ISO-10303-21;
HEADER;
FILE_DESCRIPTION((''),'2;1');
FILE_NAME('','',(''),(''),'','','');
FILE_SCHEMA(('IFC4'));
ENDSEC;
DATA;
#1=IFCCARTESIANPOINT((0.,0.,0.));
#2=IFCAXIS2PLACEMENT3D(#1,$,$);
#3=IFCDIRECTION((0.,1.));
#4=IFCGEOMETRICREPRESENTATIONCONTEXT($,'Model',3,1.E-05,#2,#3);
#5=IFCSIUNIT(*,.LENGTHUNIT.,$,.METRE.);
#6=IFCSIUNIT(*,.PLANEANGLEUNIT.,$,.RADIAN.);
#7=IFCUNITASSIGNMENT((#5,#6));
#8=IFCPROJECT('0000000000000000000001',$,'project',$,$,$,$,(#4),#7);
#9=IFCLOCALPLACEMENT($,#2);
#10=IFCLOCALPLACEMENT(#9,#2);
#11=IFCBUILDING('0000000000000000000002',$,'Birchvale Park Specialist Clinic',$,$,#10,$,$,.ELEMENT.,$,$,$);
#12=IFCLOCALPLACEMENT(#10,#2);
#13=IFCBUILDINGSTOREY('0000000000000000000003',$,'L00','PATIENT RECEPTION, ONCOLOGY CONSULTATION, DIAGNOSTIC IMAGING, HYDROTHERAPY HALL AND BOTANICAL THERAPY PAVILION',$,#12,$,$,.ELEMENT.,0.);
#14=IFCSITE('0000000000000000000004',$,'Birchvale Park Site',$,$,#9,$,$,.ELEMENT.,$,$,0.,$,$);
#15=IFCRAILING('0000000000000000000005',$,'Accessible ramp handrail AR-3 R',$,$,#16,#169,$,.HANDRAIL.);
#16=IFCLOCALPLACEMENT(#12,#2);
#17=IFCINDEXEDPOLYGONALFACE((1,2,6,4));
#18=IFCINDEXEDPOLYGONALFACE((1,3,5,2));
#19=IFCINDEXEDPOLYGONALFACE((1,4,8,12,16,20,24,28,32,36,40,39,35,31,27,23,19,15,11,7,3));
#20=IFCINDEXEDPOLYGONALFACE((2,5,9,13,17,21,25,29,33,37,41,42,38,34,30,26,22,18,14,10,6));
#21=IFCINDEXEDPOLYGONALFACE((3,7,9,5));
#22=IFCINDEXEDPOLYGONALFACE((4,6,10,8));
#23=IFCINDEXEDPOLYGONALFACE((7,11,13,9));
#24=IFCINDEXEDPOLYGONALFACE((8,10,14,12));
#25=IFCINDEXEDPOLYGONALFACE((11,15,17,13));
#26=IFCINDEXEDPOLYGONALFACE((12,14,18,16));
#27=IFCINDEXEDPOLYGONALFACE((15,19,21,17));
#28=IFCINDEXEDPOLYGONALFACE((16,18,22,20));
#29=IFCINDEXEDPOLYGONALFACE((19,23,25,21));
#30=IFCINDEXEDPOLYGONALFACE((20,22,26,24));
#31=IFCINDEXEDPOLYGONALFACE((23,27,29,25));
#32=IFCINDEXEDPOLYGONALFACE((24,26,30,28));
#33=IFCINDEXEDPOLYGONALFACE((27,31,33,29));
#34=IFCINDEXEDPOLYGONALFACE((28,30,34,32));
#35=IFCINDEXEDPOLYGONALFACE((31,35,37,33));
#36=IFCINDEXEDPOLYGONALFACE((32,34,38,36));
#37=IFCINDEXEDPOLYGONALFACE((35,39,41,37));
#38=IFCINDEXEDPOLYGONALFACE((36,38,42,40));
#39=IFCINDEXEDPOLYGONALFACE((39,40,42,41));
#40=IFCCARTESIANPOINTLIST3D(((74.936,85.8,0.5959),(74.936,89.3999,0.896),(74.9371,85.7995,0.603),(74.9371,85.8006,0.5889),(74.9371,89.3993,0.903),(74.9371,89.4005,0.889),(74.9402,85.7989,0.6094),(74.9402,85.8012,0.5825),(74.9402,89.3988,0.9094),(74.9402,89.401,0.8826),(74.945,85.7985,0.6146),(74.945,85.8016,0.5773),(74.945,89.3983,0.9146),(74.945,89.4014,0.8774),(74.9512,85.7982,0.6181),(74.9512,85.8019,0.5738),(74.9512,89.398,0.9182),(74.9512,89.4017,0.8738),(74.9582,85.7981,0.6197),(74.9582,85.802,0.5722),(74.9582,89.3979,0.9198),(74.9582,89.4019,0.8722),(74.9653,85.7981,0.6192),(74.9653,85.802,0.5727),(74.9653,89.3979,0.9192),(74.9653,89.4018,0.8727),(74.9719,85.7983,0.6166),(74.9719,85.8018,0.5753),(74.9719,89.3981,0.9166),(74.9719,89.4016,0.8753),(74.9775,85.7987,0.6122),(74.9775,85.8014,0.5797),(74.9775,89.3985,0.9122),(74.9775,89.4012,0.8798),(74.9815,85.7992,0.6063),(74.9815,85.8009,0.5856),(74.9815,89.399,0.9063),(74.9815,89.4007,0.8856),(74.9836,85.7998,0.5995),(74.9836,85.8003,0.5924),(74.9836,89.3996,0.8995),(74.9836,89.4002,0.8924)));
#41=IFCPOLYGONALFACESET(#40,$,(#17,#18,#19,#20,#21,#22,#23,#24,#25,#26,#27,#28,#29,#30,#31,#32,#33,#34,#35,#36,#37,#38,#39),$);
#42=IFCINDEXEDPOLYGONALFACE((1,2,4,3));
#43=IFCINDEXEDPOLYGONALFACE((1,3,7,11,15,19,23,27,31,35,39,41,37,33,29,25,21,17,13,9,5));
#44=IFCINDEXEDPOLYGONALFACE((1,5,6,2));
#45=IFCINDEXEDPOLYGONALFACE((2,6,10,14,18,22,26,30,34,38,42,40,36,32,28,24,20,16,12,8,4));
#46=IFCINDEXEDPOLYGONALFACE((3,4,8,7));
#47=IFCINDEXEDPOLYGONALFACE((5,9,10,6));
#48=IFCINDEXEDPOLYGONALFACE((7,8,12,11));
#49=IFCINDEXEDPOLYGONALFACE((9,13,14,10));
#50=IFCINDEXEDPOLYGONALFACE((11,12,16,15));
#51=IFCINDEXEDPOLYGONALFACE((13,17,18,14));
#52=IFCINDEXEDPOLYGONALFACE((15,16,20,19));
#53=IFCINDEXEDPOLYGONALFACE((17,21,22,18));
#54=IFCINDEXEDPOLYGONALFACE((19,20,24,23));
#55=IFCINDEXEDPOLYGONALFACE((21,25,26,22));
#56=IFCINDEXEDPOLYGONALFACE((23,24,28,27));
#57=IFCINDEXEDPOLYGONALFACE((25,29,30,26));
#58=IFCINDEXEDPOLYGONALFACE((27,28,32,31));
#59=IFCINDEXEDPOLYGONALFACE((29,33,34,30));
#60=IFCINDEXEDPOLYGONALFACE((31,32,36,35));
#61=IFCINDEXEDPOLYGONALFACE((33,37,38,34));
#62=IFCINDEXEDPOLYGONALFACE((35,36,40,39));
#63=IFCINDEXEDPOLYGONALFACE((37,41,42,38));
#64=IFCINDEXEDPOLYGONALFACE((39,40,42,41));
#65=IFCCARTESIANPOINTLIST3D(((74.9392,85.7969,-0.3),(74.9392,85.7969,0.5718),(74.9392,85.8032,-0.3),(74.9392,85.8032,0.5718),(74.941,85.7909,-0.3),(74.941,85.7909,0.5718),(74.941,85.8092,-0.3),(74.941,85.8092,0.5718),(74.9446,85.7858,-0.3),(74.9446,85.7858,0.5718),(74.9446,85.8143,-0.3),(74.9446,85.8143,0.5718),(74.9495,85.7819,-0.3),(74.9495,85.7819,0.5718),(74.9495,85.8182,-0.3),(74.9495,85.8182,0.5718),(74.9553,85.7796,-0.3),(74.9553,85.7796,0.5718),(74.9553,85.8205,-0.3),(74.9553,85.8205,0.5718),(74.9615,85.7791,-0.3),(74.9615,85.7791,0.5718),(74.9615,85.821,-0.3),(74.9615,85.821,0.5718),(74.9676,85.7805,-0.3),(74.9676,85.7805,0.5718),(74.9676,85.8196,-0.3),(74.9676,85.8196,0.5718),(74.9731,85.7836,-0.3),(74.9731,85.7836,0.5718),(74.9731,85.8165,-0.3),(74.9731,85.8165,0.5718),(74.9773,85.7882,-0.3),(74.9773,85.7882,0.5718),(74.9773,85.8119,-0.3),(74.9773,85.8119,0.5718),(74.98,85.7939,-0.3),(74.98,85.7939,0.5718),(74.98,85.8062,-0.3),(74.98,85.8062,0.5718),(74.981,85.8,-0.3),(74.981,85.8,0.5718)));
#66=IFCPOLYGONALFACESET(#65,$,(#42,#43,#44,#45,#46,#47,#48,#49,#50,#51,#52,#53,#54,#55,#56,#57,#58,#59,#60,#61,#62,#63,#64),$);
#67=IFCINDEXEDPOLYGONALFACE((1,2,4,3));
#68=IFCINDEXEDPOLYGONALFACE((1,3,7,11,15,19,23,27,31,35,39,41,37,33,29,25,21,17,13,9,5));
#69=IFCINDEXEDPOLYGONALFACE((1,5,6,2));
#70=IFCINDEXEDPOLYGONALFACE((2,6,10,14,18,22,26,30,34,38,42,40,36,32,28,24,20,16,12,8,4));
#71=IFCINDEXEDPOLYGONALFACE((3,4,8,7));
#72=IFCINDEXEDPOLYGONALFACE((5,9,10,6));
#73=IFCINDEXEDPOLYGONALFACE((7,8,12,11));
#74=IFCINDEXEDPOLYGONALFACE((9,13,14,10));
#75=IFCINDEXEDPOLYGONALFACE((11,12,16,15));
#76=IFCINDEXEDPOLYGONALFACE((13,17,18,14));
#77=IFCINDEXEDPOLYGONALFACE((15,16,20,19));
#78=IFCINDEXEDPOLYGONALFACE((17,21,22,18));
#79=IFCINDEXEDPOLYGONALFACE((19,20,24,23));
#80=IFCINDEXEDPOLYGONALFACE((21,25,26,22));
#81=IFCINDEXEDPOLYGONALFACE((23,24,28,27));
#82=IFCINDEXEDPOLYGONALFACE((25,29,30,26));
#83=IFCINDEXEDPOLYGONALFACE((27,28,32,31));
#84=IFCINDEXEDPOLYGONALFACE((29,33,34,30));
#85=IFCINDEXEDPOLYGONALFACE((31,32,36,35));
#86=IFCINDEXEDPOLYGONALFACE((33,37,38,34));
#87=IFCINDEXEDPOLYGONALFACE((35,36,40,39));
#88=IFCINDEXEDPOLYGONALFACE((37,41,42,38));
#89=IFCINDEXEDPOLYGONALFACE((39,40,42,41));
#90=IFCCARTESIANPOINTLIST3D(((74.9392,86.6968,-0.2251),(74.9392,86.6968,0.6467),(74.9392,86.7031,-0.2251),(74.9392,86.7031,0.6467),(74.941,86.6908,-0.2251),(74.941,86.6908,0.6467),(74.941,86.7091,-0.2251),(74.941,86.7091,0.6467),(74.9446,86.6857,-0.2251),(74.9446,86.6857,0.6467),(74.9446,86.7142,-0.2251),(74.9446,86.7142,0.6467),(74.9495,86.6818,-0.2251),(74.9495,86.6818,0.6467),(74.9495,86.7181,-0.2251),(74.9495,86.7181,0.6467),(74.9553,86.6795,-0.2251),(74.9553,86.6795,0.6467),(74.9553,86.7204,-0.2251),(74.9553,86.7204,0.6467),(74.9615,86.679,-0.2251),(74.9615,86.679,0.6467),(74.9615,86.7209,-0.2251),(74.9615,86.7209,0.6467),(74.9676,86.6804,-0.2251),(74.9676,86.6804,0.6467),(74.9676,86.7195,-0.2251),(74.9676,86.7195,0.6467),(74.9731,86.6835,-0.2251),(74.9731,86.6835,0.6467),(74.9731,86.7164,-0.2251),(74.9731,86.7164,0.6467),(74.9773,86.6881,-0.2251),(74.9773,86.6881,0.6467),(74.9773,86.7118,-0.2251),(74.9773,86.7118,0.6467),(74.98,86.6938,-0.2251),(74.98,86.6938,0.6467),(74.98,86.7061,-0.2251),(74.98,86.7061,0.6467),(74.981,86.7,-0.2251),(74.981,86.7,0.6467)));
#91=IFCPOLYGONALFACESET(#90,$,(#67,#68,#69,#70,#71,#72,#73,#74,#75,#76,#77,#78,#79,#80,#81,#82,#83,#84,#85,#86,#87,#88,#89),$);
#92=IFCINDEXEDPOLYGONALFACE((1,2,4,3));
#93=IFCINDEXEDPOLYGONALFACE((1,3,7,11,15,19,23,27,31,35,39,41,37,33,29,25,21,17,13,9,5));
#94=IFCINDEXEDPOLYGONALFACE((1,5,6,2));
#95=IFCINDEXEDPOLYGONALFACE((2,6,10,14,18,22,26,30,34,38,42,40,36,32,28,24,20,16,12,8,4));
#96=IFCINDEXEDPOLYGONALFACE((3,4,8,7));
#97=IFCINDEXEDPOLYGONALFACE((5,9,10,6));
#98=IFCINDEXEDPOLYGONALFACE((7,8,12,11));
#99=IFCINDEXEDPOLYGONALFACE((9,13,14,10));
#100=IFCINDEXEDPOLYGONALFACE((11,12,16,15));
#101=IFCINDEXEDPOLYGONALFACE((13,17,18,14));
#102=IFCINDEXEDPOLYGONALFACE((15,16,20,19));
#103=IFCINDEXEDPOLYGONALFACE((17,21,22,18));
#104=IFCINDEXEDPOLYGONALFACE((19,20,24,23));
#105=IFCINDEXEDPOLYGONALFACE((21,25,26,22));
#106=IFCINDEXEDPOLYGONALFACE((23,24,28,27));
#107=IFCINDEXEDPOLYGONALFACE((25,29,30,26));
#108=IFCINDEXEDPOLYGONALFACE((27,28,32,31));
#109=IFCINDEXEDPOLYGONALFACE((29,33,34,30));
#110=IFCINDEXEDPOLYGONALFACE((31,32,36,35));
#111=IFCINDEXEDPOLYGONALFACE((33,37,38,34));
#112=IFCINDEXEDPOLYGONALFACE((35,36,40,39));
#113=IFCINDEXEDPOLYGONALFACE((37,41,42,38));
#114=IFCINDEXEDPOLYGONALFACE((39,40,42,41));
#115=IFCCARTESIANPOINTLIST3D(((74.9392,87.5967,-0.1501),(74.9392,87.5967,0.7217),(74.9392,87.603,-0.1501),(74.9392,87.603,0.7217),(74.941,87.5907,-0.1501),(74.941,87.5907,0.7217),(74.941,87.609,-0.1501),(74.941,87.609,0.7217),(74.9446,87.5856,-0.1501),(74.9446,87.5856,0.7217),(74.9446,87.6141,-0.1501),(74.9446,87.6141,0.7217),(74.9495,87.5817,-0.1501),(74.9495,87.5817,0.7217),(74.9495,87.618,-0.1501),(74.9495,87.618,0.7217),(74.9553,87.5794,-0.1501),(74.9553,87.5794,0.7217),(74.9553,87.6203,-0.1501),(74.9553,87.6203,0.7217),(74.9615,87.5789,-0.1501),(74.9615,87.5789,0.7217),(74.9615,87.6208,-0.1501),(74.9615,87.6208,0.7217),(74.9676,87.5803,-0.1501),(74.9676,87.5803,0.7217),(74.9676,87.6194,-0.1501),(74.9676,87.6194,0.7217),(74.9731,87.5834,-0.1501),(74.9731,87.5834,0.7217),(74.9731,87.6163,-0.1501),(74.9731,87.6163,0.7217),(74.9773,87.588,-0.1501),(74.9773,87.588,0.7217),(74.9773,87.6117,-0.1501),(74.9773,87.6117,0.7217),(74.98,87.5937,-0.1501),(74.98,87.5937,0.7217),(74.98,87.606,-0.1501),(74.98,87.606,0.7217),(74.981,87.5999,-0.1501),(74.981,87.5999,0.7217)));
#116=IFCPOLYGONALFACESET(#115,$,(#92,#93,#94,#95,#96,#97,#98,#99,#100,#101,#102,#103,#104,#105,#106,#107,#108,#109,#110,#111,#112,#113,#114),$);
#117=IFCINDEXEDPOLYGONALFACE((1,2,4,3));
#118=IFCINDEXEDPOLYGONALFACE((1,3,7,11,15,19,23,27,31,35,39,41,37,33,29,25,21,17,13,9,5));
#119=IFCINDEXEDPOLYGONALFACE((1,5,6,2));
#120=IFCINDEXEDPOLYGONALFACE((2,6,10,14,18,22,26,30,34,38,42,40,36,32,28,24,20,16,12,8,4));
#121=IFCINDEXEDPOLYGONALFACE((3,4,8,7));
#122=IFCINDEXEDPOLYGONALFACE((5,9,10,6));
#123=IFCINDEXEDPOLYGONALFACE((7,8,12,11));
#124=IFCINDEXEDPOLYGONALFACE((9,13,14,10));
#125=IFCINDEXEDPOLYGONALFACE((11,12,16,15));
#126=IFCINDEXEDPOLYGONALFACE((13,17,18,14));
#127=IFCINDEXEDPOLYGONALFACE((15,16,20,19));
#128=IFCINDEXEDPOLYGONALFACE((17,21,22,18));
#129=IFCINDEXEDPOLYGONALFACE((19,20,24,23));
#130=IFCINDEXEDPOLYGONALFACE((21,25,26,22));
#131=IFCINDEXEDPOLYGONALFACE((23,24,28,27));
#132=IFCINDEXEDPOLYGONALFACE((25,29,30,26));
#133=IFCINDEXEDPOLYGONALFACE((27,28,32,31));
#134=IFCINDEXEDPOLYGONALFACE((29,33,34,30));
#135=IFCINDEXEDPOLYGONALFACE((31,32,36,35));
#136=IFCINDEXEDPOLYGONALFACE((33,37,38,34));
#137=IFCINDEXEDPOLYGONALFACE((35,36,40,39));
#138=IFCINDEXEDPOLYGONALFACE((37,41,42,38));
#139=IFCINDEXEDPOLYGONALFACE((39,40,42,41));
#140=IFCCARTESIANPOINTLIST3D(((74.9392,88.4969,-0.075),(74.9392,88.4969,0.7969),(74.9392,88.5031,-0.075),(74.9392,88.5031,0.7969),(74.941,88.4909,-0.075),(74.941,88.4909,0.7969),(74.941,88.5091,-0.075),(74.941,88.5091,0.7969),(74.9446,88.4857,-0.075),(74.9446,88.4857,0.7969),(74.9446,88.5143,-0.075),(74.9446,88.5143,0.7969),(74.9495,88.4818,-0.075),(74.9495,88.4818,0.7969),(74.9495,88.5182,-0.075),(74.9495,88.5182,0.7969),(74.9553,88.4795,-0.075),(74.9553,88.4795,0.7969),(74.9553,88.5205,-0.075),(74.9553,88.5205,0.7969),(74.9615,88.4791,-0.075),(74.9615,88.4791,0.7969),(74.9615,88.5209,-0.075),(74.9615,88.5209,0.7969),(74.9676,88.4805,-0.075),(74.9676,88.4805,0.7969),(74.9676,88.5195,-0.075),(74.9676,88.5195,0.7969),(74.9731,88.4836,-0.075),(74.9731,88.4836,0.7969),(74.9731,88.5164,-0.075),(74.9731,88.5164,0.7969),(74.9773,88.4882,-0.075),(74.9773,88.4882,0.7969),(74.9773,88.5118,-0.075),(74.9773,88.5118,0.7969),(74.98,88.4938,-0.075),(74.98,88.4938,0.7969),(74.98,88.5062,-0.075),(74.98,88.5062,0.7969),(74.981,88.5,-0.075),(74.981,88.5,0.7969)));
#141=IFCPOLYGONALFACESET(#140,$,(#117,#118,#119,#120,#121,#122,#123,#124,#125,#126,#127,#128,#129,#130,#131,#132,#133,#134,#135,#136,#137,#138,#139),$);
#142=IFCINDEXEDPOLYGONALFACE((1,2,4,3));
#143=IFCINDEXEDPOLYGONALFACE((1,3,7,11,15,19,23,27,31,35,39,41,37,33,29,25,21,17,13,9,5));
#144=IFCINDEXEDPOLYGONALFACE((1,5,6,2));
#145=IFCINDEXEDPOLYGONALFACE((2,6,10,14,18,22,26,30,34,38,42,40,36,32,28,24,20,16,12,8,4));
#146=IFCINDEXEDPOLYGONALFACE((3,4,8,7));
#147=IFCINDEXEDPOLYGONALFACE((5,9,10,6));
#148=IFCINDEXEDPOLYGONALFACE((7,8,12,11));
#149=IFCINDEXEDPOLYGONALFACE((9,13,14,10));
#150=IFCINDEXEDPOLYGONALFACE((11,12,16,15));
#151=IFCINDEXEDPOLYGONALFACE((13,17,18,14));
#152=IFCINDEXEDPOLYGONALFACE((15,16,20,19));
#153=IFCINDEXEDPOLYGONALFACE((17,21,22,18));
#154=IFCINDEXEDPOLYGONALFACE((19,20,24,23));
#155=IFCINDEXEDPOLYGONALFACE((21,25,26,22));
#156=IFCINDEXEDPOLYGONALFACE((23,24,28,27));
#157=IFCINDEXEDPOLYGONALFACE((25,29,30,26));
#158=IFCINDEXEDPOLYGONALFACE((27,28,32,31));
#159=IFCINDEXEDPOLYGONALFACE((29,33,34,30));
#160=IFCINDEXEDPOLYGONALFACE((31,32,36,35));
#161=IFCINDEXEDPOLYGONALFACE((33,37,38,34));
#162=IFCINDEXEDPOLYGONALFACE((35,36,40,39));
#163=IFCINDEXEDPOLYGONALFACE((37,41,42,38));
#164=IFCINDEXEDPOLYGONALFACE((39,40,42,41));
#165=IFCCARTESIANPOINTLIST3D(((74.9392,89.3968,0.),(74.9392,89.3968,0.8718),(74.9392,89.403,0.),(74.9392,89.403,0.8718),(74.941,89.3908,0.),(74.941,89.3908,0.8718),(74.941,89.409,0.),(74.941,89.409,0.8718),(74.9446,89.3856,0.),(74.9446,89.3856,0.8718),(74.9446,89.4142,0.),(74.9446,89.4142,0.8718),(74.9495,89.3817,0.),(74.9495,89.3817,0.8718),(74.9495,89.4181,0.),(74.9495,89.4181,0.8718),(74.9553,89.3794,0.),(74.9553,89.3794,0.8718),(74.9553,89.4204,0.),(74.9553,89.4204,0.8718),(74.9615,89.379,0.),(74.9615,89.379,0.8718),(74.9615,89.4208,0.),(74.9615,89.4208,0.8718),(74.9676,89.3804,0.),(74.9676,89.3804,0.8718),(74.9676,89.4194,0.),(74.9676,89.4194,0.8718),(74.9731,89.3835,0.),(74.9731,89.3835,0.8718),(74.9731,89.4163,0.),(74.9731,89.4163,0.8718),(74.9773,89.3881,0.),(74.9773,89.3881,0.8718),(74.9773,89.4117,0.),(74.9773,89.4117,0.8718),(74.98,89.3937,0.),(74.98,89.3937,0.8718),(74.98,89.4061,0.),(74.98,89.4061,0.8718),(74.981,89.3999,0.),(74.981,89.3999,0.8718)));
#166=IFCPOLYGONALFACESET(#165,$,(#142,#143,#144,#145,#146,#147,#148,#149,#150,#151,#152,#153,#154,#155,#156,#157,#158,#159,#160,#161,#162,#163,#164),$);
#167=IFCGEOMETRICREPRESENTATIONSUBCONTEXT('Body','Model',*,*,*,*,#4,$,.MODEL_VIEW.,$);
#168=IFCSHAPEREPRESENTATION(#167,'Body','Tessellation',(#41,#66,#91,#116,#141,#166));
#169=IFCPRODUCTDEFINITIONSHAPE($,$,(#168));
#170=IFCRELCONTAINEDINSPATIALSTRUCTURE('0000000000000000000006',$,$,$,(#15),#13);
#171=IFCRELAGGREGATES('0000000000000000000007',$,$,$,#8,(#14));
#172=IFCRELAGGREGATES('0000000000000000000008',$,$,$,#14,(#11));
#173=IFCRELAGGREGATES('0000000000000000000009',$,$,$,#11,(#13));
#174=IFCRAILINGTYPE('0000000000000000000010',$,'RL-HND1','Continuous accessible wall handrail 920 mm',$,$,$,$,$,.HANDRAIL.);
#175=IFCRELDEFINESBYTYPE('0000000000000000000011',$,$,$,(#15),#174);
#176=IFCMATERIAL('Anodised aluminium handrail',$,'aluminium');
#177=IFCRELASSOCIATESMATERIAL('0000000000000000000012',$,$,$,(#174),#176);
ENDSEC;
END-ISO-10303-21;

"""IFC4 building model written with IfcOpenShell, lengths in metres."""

from ifc_helpers import new_model, si_unit, direction, frame, origin, origin_2d, place, context, subcontext, project, spatial, circle, extrude, material, type_object, element, save


model = new_model("IFC4")

# Units and contexts
model_context = context("Model", 3, precision=1e-05, world=origin(), true_north=direction((0.0, 1.0)))
body_context = subcontext(model_context, "Body", "Model", "MODEL_VIEW")
ifc_project = project(units=[si_unit("LENGTHUNIT", "METRE"), si_unit("PLANEANGLEUNIT", "RADIAN")], contexts=[model_context])

# Site, building, storey
site_placement = place(None, origin())
site = spatial("IfcSite", under=ifc_project, at=site_placement, Name="Birchvale Park Site", CompositionType="ELEMENT", RefElevation=0.0)
building_placement = place(site_placement, origin())
building = spatial("IfcBuilding", under=site, at=building_placement, Name="Birchvale Park Specialist Clinic", CompositionType="ELEMENT")
storey_placement = place(building_placement, origin())
storey = spatial("IfcBuildingStorey", under=building, at=storey_placement, Name="L00", Description="PATIENT RECEPTION, ONCOLOGY CONSULTATION, DIAGNOSTIC IMAGING, HYDROTHERAPY HALL AND BOTANICAL THERAPY PAVILION", CompositionType="ELEMENT", Elevation=0.0)

# Railing
ifc_material_1 = material(Name="Anodised aluminium handrail", Category="aluminium")
railing_type = type_object("IfcRailingType", Name="RL-HND1", Description="Continuous accessible wall handrail 920 mm", PredefinedType="HANDRAIL", material=ifc_material_1)
for number, where, name in (
    (1, (74.96, 85.8, -0.3), "Accessible ramp handrail AR-3 R"),
):
    element("IfcRailing", number, at=place(storey_placement, frame(where)), inside=storey, type_object=railing_type, Name=name, PredefinedType="HANDRAIL", context=body_context, shape_type="SweptSolid", body=[
        extrude(circle(Radius=0.0239, at=origin_2d()), frame((0.0, 0.0, 0.896), z_axis=(0.0, 0.996544, 0.083062), x_axis=(-1.0, 0.0, 0.0)), (0.0, 0.0, 1.0), 3.6123),
        extrude(circle(Radius=0.021, at=origin_2d()), origin(), (0.0, 0.0, 1.0), 0.8718),
        extrude(circle(Radius=0.021, at=origin_2d()), frame((0.0, 0.8999, 0.075)), (0.0, 0.0, 1.0), 0.8718),
        extrude(circle(Radius=0.021, at=origin_2d()), frame((0.0, 1.7998, 0.1499)), (0.0, 0.0, 1.0), 0.8718),
        extrude(circle(Radius=0.021, at=origin_2d()), frame((0.0, 2.7, 0.2251)), (0.0, 0.0, 1.0), 0.8718),
        extrude(circle(Radius=0.021, at=origin_2d()), frame((0.0, 3.5999, 0.3)), (0.0, 0.0, 1.0), 0.8718),
    ])

save(model, "model.ifc")
